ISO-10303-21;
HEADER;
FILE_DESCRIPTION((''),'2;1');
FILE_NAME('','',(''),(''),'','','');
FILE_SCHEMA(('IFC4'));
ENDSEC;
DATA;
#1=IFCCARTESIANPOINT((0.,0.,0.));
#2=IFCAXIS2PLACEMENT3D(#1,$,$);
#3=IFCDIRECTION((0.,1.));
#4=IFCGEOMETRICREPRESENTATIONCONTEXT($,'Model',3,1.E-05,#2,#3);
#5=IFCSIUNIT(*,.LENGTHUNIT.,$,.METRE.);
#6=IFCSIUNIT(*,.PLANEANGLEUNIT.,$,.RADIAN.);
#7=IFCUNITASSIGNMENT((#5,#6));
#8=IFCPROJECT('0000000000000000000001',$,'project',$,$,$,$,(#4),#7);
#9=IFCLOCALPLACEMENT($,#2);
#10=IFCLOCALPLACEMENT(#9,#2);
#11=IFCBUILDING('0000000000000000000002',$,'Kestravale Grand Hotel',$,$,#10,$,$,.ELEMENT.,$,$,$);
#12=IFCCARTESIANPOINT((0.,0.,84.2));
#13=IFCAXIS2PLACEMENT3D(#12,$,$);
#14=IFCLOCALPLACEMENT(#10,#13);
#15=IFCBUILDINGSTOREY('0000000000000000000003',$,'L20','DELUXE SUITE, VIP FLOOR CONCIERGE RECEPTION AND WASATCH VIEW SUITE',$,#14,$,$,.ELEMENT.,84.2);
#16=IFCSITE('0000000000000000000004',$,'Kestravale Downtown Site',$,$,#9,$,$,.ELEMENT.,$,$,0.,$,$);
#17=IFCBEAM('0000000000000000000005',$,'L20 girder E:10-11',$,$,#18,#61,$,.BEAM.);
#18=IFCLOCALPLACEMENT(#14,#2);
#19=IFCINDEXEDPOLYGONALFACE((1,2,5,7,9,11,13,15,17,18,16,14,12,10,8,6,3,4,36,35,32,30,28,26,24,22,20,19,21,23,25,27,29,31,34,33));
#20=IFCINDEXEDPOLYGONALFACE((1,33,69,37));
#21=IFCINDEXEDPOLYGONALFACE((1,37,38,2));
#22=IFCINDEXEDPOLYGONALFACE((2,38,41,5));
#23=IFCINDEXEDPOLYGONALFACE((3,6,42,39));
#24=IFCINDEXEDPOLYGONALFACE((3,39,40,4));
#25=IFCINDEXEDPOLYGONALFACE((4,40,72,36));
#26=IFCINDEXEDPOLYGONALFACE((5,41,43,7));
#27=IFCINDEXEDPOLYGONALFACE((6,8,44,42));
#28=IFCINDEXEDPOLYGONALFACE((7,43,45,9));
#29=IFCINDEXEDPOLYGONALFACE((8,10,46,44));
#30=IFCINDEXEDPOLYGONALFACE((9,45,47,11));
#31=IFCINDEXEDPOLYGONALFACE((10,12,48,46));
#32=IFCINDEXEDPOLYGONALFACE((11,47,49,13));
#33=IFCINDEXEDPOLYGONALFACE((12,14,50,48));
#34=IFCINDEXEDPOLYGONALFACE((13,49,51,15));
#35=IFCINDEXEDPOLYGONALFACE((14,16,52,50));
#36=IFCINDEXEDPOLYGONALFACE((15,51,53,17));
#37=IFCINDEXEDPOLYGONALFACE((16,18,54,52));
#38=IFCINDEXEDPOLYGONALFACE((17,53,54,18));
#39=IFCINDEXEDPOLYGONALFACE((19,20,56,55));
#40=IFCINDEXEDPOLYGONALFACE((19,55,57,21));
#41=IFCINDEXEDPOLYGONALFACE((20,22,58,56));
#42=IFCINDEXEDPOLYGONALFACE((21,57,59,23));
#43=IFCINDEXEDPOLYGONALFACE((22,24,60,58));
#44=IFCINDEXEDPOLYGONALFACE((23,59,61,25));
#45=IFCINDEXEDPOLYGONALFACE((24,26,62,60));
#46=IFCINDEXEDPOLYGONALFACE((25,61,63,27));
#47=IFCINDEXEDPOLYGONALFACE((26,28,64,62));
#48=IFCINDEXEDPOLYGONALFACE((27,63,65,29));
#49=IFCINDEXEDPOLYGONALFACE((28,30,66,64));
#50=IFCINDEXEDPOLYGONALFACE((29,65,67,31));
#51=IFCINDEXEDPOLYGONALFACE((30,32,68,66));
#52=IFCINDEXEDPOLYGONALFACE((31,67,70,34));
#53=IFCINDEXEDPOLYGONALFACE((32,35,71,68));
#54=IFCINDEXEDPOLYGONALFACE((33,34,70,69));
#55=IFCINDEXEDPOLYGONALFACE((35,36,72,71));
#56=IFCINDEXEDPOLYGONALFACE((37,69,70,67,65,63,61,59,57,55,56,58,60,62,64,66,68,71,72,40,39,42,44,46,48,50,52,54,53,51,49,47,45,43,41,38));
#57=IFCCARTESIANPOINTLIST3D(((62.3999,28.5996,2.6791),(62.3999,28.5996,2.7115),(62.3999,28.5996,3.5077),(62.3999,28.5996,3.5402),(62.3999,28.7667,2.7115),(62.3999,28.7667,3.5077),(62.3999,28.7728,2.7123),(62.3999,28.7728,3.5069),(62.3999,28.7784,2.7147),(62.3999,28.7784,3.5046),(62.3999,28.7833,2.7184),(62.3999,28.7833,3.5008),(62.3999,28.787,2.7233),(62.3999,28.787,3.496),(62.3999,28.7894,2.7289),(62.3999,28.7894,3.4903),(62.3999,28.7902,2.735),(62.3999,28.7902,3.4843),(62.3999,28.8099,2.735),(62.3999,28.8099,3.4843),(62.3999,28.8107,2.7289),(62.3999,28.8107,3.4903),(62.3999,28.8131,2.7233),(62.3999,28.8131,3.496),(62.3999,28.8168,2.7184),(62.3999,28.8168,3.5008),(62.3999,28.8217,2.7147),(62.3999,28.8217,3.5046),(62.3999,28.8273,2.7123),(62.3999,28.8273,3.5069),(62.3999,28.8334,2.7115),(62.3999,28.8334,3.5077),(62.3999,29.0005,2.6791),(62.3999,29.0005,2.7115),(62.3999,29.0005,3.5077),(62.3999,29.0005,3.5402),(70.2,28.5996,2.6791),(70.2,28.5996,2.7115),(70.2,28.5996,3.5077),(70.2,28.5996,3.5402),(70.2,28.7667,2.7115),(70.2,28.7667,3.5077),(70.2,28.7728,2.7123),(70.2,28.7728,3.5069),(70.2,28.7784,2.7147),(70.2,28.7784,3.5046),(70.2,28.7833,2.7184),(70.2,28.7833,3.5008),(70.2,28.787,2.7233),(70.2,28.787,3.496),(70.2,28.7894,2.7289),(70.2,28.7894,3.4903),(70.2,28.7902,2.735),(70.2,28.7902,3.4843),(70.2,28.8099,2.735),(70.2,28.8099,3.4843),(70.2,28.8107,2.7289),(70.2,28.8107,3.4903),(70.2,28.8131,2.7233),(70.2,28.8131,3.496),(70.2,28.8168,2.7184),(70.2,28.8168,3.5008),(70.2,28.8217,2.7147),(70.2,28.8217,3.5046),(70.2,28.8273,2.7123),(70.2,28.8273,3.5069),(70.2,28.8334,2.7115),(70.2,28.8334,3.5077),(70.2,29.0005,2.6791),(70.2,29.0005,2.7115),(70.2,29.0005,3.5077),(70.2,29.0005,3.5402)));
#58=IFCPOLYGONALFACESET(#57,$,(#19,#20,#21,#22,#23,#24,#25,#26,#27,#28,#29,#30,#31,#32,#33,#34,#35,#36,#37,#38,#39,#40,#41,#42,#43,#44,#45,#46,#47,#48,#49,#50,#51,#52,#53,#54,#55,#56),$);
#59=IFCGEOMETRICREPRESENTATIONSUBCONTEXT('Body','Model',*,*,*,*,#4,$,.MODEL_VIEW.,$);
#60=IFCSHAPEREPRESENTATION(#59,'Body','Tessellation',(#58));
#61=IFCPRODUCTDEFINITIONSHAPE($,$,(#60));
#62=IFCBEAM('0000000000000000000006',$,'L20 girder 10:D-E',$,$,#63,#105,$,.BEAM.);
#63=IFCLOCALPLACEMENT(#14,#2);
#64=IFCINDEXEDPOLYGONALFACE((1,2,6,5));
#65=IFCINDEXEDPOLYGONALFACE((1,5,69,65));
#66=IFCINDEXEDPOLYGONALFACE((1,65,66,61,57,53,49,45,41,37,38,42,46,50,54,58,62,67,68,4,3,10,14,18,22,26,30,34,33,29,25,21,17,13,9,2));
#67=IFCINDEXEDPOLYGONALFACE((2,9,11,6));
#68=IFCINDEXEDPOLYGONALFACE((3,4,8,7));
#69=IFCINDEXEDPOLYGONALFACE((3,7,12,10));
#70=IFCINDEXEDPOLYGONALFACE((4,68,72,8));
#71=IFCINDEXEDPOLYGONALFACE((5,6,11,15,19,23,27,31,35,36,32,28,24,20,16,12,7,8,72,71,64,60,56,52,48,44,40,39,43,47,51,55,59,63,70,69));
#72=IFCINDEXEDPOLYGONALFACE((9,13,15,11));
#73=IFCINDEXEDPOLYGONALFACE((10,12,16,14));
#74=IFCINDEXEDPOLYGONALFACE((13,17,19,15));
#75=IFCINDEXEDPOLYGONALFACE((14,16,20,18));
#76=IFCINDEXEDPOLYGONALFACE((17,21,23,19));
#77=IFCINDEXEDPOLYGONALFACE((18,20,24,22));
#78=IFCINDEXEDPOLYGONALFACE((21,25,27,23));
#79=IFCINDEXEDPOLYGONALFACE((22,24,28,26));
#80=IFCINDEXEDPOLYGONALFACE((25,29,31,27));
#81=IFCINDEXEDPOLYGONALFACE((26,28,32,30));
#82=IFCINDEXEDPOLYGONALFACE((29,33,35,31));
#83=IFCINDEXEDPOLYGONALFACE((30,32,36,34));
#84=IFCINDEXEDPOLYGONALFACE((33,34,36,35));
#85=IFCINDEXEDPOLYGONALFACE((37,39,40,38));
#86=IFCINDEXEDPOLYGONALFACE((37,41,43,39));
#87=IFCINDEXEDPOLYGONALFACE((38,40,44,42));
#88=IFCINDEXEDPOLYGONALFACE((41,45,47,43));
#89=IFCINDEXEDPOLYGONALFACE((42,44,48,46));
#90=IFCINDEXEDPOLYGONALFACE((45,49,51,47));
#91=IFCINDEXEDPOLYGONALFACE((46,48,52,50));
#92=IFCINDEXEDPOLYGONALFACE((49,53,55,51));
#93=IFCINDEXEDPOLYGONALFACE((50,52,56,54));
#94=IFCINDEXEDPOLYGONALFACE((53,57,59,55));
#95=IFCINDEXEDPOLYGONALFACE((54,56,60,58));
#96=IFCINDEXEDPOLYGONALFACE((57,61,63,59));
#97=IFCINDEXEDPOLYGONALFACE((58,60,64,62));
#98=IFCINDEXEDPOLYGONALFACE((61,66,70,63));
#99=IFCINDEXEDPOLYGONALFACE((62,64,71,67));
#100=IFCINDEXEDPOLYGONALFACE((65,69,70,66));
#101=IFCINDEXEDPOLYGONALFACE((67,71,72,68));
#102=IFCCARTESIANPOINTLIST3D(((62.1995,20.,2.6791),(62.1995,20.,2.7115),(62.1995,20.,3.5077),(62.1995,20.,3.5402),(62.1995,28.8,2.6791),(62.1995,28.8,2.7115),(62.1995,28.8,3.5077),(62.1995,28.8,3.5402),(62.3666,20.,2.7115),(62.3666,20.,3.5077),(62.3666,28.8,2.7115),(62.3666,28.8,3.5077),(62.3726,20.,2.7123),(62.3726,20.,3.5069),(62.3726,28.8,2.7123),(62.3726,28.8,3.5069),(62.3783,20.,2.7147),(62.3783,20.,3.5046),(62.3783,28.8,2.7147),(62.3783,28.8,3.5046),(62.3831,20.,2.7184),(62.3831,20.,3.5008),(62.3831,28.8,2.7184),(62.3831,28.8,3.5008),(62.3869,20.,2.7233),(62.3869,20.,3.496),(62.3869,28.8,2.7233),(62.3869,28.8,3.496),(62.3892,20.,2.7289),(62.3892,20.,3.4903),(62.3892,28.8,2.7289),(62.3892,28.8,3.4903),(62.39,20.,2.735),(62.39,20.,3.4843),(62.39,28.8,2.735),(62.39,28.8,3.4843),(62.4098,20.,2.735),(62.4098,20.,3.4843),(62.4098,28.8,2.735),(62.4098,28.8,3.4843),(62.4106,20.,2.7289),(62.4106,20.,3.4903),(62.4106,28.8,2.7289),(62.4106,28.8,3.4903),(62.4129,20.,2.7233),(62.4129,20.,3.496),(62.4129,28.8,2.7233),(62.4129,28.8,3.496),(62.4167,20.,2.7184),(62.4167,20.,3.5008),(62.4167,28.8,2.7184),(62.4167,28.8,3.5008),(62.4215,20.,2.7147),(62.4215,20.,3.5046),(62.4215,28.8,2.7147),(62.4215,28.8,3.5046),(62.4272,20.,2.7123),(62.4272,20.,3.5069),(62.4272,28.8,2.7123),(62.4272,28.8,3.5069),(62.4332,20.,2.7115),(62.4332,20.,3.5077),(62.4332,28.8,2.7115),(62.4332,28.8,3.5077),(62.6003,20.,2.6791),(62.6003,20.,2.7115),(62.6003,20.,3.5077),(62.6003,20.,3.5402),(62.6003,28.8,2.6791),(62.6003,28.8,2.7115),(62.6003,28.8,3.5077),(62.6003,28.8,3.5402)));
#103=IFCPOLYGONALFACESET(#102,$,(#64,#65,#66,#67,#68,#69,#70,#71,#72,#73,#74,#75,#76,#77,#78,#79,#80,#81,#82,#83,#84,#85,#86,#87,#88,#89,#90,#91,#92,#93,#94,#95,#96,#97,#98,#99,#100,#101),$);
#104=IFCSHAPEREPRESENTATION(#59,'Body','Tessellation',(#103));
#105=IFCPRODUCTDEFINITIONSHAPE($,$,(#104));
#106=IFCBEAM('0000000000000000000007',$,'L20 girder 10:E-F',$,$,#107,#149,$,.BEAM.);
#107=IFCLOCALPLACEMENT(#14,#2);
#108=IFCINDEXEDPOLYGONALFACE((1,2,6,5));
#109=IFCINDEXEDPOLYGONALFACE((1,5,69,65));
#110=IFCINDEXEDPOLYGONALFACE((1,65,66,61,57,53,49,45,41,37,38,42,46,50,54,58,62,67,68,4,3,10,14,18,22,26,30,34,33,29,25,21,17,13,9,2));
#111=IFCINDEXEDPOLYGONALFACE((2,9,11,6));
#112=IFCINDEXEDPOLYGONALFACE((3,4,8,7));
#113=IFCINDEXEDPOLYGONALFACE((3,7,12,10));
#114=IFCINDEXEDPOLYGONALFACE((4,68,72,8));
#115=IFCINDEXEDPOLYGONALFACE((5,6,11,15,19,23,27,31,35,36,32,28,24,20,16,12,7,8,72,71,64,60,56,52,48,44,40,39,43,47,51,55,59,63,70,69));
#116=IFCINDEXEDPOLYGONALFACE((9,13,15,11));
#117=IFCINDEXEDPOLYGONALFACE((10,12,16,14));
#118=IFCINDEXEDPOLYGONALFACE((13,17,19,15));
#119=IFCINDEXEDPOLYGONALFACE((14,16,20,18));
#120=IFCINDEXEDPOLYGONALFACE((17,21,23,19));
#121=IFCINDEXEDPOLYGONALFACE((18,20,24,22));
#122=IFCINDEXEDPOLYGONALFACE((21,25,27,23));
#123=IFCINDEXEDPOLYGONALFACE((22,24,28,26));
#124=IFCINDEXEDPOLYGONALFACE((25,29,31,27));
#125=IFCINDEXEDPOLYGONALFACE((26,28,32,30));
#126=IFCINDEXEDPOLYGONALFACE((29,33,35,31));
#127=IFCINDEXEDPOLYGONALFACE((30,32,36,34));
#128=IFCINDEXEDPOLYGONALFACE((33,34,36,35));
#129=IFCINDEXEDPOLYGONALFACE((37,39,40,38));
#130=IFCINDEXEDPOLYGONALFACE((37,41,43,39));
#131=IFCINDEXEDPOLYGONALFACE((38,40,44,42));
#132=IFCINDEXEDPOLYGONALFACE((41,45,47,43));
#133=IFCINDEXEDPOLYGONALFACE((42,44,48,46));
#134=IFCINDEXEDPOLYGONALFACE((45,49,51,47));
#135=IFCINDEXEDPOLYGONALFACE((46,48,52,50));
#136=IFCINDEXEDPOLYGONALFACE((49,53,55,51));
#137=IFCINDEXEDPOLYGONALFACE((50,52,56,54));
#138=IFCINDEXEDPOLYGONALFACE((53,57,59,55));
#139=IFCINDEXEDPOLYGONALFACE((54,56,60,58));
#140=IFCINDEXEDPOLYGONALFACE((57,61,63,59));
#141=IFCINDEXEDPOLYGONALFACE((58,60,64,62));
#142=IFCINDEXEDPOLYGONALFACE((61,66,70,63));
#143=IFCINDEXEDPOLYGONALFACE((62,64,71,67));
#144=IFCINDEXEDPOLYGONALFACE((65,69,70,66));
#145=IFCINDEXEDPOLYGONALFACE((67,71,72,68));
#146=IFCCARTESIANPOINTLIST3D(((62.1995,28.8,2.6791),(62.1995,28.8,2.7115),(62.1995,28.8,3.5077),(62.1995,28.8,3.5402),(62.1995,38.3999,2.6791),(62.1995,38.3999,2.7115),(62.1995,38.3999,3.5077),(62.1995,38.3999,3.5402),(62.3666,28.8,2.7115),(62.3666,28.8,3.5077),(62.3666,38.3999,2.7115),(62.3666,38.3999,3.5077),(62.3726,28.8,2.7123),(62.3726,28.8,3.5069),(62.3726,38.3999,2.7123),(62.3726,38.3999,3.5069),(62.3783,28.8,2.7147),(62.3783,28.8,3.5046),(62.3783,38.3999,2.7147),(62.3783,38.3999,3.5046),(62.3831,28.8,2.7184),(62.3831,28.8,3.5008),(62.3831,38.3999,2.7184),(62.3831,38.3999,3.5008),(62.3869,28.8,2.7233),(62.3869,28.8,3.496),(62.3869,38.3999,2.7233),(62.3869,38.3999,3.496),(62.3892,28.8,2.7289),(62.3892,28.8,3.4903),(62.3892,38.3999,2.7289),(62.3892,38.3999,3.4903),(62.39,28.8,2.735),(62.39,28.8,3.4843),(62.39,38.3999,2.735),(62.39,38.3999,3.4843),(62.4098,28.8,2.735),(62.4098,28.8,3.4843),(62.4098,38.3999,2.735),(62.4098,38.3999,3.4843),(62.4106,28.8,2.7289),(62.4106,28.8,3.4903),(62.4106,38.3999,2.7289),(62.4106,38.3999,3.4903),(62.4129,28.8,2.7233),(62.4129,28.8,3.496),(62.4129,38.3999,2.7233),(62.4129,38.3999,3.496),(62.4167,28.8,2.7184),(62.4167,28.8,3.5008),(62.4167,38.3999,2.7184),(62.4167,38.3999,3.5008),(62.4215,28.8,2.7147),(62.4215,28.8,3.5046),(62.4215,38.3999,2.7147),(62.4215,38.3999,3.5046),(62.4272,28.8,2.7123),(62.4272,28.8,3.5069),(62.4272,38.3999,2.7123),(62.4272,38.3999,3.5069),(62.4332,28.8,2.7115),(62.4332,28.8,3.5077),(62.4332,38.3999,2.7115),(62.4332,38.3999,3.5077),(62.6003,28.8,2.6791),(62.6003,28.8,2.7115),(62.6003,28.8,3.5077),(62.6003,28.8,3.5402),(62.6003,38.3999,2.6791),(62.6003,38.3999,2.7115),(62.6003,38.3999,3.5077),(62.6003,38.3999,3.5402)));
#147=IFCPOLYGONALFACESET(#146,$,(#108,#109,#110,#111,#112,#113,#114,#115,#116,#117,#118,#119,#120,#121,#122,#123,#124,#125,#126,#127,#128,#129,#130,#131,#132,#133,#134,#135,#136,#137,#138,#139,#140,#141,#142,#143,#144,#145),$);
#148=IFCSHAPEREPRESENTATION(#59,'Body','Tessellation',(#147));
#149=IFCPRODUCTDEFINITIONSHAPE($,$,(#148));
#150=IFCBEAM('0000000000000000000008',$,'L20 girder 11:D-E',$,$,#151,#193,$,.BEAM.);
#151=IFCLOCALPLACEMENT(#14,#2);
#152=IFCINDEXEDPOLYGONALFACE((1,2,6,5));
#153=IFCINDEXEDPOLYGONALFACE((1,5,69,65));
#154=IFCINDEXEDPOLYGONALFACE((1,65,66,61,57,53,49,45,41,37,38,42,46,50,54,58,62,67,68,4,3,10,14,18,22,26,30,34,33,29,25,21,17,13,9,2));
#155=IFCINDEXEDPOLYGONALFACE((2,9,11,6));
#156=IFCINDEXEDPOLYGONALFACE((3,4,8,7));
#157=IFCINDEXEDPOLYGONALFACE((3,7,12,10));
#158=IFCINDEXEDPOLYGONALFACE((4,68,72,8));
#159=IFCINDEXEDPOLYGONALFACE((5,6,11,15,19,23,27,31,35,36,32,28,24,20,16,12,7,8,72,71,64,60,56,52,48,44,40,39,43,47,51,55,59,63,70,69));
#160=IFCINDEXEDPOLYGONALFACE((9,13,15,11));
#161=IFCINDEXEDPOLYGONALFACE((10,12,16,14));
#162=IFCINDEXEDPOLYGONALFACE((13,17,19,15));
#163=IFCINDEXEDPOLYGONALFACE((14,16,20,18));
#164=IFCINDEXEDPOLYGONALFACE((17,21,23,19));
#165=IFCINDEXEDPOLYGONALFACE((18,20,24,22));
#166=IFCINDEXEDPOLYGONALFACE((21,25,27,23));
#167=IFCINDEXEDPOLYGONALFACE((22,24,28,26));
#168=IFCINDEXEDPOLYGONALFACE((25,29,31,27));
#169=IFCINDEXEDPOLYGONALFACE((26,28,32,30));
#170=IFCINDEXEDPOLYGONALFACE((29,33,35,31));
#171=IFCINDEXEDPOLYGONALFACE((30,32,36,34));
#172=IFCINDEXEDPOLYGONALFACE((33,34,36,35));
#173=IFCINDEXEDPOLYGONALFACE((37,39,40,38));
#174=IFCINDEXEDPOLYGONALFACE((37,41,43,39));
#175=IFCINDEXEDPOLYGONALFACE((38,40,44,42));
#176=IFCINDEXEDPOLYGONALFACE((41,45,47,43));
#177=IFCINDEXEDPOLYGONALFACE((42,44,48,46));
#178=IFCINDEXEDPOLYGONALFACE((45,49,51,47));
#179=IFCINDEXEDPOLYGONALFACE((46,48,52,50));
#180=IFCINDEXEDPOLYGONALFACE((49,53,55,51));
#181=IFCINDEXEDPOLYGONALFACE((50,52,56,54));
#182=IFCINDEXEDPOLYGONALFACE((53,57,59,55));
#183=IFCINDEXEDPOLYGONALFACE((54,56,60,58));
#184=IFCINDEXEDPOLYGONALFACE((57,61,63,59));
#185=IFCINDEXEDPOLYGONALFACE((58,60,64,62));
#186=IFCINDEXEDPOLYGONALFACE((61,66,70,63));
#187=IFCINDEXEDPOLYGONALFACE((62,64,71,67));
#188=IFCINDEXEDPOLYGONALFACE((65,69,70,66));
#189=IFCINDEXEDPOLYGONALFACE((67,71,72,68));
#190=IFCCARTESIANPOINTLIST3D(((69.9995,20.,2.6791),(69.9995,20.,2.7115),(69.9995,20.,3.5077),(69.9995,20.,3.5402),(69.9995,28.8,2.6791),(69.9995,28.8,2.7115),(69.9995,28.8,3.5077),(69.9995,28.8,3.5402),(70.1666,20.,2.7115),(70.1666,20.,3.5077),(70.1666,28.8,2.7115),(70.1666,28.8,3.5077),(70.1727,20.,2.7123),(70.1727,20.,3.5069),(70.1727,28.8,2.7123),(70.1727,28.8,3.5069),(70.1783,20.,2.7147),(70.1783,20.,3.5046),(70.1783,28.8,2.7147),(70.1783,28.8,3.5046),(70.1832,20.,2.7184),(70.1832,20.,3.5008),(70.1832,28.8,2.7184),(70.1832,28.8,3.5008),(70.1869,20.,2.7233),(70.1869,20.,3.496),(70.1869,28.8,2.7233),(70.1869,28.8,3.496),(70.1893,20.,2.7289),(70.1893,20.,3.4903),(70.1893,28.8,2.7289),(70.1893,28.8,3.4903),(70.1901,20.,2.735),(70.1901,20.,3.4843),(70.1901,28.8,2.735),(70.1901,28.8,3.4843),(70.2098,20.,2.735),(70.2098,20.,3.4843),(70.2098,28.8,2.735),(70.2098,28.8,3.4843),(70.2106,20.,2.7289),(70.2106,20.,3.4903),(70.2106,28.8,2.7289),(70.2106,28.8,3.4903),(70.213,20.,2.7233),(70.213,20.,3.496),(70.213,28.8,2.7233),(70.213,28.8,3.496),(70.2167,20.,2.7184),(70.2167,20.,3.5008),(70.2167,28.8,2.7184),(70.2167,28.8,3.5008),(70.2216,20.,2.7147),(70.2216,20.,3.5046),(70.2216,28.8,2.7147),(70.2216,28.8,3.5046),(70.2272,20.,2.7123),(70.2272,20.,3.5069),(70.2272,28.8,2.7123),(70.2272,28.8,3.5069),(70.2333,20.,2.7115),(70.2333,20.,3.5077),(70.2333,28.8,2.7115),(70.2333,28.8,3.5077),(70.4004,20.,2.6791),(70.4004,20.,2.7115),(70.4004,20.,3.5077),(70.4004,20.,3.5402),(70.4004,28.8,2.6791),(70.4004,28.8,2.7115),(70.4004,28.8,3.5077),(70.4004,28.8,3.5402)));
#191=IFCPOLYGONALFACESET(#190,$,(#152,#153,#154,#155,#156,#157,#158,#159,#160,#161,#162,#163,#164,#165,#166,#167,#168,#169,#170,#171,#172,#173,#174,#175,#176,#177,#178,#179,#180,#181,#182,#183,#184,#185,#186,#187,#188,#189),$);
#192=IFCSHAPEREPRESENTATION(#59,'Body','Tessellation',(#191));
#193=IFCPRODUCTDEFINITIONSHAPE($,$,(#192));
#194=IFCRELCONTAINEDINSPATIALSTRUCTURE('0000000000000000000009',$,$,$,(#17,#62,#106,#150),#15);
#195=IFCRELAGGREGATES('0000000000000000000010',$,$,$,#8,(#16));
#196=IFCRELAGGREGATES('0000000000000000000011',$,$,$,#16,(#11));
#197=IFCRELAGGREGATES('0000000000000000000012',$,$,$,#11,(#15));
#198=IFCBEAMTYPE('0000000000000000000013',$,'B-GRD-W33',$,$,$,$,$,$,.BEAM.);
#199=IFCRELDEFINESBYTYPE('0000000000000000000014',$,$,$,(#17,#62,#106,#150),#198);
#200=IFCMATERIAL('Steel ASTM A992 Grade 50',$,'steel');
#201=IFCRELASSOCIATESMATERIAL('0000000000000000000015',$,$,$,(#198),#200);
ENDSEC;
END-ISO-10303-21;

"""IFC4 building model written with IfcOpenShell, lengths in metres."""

from ifc_helpers import new_model, si_unit, direction, frame, origin, origin_2d, place, context, subcontext, project, spatial, i_section, extrude, material, material_profile, profile_set, type_object, element, save


model = new_model("IFC4")

# Units and contexts
model_context = context("Model", 3, precision=1e-05, world=origin(), true_north=direction((0.0, 1.0)))
body_context = subcontext(model_context, "Body", "Model", "MODEL_VIEW")
ifc_project = project(units=[si_unit("LENGTHUNIT", "METRE"), si_unit("PLANEANGLEUNIT", "RADIAN")], contexts=[model_context])

# Site, building, storey
site_placement = place(None, origin())
site = spatial("IfcSite", under=ifc_project, at=site_placement, Name="Kestravale Downtown Site", CompositionType="ELEMENT", RefElevation=0.0)
building_placement = place(site_placement, origin())
building = spatial("IfcBuilding", under=site, at=building_placement, Name="Kestravale Grand Hotel", CompositionType="ELEMENT")
storey_placement = place(building_placement, frame((0.0, 0.0, 84.2)))
storey = spatial("IfcBuildingStorey", under=building, at=storey_placement, Name="L20", Description="DELUXE SUITE, VIP FLOOR CONCIERGE RECEPTION AND WASATCH VIEW SUITE", CompositionType="ELEMENT", Elevation=84.2)

# Beams
ifc_material_1 = material(Name="Steel ASTM A992 Grade 50", Category="steel")
ifc_material_profile_1 = material_profile(ifc_material_1, i_section(OverallWidth=0.4009, OverallDepth=0.8611, WebThickness=0.0198, FlangeThickness=0.0325, FilletRadius=0.0234, at=origin_2d()))
ifc_profile_set_1 = profile_set([ifc_material_profile_1], Name="Steel ASTM A992 Grade 50")
beam_type_1 = type_object("IfcBeamType", Name="B-GRD-W33", PredefinedType="BEAM", material=ifc_profile_set_1)
for number, where, z_axis, x_axis, name in (
    (1, (62.3999, 28.8, 3.1096), (1.0, 0.0, 0.0), (0.0, 1.0, 0.0), "L20 girder E:10-11"),
):
    element("IfcBeam", number, at=place(storey_placement, frame(where, z_axis=z_axis, x_axis=x_axis)), inside=storey, type_object=beam_type_1, Name=name, PredefinedType="BEAM", context=body_context, shape_type="SweptSolid", body=[
        extrude(i_section(OverallWidth=0.4009, OverallDepth=0.8611, WebThickness=0.0198, FlangeThickness=0.0325, FilletRadius=0.0234, at=origin_2d()), origin(), (0.0, 0.0, 1.0), 7.8),
    ])
beam_1_placement = place(storey_placement, frame((62.3999, 20.0, 3.1096), z_axis=(0.0, 1.0, 0.0), x_axis=(-1.0, 0.0, 0.0)))
element("IfcBeam", 2, at=beam_1_placement, inside=storey, type_object=beam_type_1, Name="L20 girder 10:D-E", PredefinedType="BEAM", context=body_context, shape_type="SweptSolid", body=[
    extrude(i_section(OverallWidth=0.4009, OverallDepth=0.8611, WebThickness=0.0198, FlangeThickness=0.0325, FilletRadius=0.0234, at=origin_2d()), origin(), (0.0, 0.0, 1.0), 8.8),
])
beam_2_placement = place(storey_placement, frame((62.3999, 28.8, 3.1096), z_axis=(0.0, 1.0, 0.0), x_axis=(-1.0, 0.0, 0.0)))
element("IfcBeam", 3, at=beam_2_placement, inside=storey, type_object=beam_type_1, Name="L20 girder 10:E-F", PredefinedType="BEAM", context=body_context, shape_type="SweptSolid", body=[
    extrude(i_section(OverallWidth=0.4009, OverallDepth=0.8611, WebThickness=0.0198, FlangeThickness=0.0325, FilletRadius=0.0234, at=origin_2d()), origin(), (0.0, 0.0, 1.0), 9.5999),
])
beam_3_placement = place(storey_placement, frame((70.2, 20.0, 3.1096), z_axis=(0.0, 1.0, 0.0), x_axis=(-1.0, 0.0, 0.0)))
element("IfcBeam", 4, at=beam_3_placement, inside=storey, type_object=beam_type_1, Name="L20 girder 11:D-E", PredefinedType="BEAM", context=body_context, shape_type="SweptSolid", body=[
    extrude(i_section(OverallWidth=0.4009, OverallDepth=0.8611, WebThickness=0.0198, FlangeThickness=0.0325, FilletRadius=0.0234, at=origin_2d()), origin(), (0.0, 0.0, 1.0), 8.8),
])

save(model, "model.ifc")
